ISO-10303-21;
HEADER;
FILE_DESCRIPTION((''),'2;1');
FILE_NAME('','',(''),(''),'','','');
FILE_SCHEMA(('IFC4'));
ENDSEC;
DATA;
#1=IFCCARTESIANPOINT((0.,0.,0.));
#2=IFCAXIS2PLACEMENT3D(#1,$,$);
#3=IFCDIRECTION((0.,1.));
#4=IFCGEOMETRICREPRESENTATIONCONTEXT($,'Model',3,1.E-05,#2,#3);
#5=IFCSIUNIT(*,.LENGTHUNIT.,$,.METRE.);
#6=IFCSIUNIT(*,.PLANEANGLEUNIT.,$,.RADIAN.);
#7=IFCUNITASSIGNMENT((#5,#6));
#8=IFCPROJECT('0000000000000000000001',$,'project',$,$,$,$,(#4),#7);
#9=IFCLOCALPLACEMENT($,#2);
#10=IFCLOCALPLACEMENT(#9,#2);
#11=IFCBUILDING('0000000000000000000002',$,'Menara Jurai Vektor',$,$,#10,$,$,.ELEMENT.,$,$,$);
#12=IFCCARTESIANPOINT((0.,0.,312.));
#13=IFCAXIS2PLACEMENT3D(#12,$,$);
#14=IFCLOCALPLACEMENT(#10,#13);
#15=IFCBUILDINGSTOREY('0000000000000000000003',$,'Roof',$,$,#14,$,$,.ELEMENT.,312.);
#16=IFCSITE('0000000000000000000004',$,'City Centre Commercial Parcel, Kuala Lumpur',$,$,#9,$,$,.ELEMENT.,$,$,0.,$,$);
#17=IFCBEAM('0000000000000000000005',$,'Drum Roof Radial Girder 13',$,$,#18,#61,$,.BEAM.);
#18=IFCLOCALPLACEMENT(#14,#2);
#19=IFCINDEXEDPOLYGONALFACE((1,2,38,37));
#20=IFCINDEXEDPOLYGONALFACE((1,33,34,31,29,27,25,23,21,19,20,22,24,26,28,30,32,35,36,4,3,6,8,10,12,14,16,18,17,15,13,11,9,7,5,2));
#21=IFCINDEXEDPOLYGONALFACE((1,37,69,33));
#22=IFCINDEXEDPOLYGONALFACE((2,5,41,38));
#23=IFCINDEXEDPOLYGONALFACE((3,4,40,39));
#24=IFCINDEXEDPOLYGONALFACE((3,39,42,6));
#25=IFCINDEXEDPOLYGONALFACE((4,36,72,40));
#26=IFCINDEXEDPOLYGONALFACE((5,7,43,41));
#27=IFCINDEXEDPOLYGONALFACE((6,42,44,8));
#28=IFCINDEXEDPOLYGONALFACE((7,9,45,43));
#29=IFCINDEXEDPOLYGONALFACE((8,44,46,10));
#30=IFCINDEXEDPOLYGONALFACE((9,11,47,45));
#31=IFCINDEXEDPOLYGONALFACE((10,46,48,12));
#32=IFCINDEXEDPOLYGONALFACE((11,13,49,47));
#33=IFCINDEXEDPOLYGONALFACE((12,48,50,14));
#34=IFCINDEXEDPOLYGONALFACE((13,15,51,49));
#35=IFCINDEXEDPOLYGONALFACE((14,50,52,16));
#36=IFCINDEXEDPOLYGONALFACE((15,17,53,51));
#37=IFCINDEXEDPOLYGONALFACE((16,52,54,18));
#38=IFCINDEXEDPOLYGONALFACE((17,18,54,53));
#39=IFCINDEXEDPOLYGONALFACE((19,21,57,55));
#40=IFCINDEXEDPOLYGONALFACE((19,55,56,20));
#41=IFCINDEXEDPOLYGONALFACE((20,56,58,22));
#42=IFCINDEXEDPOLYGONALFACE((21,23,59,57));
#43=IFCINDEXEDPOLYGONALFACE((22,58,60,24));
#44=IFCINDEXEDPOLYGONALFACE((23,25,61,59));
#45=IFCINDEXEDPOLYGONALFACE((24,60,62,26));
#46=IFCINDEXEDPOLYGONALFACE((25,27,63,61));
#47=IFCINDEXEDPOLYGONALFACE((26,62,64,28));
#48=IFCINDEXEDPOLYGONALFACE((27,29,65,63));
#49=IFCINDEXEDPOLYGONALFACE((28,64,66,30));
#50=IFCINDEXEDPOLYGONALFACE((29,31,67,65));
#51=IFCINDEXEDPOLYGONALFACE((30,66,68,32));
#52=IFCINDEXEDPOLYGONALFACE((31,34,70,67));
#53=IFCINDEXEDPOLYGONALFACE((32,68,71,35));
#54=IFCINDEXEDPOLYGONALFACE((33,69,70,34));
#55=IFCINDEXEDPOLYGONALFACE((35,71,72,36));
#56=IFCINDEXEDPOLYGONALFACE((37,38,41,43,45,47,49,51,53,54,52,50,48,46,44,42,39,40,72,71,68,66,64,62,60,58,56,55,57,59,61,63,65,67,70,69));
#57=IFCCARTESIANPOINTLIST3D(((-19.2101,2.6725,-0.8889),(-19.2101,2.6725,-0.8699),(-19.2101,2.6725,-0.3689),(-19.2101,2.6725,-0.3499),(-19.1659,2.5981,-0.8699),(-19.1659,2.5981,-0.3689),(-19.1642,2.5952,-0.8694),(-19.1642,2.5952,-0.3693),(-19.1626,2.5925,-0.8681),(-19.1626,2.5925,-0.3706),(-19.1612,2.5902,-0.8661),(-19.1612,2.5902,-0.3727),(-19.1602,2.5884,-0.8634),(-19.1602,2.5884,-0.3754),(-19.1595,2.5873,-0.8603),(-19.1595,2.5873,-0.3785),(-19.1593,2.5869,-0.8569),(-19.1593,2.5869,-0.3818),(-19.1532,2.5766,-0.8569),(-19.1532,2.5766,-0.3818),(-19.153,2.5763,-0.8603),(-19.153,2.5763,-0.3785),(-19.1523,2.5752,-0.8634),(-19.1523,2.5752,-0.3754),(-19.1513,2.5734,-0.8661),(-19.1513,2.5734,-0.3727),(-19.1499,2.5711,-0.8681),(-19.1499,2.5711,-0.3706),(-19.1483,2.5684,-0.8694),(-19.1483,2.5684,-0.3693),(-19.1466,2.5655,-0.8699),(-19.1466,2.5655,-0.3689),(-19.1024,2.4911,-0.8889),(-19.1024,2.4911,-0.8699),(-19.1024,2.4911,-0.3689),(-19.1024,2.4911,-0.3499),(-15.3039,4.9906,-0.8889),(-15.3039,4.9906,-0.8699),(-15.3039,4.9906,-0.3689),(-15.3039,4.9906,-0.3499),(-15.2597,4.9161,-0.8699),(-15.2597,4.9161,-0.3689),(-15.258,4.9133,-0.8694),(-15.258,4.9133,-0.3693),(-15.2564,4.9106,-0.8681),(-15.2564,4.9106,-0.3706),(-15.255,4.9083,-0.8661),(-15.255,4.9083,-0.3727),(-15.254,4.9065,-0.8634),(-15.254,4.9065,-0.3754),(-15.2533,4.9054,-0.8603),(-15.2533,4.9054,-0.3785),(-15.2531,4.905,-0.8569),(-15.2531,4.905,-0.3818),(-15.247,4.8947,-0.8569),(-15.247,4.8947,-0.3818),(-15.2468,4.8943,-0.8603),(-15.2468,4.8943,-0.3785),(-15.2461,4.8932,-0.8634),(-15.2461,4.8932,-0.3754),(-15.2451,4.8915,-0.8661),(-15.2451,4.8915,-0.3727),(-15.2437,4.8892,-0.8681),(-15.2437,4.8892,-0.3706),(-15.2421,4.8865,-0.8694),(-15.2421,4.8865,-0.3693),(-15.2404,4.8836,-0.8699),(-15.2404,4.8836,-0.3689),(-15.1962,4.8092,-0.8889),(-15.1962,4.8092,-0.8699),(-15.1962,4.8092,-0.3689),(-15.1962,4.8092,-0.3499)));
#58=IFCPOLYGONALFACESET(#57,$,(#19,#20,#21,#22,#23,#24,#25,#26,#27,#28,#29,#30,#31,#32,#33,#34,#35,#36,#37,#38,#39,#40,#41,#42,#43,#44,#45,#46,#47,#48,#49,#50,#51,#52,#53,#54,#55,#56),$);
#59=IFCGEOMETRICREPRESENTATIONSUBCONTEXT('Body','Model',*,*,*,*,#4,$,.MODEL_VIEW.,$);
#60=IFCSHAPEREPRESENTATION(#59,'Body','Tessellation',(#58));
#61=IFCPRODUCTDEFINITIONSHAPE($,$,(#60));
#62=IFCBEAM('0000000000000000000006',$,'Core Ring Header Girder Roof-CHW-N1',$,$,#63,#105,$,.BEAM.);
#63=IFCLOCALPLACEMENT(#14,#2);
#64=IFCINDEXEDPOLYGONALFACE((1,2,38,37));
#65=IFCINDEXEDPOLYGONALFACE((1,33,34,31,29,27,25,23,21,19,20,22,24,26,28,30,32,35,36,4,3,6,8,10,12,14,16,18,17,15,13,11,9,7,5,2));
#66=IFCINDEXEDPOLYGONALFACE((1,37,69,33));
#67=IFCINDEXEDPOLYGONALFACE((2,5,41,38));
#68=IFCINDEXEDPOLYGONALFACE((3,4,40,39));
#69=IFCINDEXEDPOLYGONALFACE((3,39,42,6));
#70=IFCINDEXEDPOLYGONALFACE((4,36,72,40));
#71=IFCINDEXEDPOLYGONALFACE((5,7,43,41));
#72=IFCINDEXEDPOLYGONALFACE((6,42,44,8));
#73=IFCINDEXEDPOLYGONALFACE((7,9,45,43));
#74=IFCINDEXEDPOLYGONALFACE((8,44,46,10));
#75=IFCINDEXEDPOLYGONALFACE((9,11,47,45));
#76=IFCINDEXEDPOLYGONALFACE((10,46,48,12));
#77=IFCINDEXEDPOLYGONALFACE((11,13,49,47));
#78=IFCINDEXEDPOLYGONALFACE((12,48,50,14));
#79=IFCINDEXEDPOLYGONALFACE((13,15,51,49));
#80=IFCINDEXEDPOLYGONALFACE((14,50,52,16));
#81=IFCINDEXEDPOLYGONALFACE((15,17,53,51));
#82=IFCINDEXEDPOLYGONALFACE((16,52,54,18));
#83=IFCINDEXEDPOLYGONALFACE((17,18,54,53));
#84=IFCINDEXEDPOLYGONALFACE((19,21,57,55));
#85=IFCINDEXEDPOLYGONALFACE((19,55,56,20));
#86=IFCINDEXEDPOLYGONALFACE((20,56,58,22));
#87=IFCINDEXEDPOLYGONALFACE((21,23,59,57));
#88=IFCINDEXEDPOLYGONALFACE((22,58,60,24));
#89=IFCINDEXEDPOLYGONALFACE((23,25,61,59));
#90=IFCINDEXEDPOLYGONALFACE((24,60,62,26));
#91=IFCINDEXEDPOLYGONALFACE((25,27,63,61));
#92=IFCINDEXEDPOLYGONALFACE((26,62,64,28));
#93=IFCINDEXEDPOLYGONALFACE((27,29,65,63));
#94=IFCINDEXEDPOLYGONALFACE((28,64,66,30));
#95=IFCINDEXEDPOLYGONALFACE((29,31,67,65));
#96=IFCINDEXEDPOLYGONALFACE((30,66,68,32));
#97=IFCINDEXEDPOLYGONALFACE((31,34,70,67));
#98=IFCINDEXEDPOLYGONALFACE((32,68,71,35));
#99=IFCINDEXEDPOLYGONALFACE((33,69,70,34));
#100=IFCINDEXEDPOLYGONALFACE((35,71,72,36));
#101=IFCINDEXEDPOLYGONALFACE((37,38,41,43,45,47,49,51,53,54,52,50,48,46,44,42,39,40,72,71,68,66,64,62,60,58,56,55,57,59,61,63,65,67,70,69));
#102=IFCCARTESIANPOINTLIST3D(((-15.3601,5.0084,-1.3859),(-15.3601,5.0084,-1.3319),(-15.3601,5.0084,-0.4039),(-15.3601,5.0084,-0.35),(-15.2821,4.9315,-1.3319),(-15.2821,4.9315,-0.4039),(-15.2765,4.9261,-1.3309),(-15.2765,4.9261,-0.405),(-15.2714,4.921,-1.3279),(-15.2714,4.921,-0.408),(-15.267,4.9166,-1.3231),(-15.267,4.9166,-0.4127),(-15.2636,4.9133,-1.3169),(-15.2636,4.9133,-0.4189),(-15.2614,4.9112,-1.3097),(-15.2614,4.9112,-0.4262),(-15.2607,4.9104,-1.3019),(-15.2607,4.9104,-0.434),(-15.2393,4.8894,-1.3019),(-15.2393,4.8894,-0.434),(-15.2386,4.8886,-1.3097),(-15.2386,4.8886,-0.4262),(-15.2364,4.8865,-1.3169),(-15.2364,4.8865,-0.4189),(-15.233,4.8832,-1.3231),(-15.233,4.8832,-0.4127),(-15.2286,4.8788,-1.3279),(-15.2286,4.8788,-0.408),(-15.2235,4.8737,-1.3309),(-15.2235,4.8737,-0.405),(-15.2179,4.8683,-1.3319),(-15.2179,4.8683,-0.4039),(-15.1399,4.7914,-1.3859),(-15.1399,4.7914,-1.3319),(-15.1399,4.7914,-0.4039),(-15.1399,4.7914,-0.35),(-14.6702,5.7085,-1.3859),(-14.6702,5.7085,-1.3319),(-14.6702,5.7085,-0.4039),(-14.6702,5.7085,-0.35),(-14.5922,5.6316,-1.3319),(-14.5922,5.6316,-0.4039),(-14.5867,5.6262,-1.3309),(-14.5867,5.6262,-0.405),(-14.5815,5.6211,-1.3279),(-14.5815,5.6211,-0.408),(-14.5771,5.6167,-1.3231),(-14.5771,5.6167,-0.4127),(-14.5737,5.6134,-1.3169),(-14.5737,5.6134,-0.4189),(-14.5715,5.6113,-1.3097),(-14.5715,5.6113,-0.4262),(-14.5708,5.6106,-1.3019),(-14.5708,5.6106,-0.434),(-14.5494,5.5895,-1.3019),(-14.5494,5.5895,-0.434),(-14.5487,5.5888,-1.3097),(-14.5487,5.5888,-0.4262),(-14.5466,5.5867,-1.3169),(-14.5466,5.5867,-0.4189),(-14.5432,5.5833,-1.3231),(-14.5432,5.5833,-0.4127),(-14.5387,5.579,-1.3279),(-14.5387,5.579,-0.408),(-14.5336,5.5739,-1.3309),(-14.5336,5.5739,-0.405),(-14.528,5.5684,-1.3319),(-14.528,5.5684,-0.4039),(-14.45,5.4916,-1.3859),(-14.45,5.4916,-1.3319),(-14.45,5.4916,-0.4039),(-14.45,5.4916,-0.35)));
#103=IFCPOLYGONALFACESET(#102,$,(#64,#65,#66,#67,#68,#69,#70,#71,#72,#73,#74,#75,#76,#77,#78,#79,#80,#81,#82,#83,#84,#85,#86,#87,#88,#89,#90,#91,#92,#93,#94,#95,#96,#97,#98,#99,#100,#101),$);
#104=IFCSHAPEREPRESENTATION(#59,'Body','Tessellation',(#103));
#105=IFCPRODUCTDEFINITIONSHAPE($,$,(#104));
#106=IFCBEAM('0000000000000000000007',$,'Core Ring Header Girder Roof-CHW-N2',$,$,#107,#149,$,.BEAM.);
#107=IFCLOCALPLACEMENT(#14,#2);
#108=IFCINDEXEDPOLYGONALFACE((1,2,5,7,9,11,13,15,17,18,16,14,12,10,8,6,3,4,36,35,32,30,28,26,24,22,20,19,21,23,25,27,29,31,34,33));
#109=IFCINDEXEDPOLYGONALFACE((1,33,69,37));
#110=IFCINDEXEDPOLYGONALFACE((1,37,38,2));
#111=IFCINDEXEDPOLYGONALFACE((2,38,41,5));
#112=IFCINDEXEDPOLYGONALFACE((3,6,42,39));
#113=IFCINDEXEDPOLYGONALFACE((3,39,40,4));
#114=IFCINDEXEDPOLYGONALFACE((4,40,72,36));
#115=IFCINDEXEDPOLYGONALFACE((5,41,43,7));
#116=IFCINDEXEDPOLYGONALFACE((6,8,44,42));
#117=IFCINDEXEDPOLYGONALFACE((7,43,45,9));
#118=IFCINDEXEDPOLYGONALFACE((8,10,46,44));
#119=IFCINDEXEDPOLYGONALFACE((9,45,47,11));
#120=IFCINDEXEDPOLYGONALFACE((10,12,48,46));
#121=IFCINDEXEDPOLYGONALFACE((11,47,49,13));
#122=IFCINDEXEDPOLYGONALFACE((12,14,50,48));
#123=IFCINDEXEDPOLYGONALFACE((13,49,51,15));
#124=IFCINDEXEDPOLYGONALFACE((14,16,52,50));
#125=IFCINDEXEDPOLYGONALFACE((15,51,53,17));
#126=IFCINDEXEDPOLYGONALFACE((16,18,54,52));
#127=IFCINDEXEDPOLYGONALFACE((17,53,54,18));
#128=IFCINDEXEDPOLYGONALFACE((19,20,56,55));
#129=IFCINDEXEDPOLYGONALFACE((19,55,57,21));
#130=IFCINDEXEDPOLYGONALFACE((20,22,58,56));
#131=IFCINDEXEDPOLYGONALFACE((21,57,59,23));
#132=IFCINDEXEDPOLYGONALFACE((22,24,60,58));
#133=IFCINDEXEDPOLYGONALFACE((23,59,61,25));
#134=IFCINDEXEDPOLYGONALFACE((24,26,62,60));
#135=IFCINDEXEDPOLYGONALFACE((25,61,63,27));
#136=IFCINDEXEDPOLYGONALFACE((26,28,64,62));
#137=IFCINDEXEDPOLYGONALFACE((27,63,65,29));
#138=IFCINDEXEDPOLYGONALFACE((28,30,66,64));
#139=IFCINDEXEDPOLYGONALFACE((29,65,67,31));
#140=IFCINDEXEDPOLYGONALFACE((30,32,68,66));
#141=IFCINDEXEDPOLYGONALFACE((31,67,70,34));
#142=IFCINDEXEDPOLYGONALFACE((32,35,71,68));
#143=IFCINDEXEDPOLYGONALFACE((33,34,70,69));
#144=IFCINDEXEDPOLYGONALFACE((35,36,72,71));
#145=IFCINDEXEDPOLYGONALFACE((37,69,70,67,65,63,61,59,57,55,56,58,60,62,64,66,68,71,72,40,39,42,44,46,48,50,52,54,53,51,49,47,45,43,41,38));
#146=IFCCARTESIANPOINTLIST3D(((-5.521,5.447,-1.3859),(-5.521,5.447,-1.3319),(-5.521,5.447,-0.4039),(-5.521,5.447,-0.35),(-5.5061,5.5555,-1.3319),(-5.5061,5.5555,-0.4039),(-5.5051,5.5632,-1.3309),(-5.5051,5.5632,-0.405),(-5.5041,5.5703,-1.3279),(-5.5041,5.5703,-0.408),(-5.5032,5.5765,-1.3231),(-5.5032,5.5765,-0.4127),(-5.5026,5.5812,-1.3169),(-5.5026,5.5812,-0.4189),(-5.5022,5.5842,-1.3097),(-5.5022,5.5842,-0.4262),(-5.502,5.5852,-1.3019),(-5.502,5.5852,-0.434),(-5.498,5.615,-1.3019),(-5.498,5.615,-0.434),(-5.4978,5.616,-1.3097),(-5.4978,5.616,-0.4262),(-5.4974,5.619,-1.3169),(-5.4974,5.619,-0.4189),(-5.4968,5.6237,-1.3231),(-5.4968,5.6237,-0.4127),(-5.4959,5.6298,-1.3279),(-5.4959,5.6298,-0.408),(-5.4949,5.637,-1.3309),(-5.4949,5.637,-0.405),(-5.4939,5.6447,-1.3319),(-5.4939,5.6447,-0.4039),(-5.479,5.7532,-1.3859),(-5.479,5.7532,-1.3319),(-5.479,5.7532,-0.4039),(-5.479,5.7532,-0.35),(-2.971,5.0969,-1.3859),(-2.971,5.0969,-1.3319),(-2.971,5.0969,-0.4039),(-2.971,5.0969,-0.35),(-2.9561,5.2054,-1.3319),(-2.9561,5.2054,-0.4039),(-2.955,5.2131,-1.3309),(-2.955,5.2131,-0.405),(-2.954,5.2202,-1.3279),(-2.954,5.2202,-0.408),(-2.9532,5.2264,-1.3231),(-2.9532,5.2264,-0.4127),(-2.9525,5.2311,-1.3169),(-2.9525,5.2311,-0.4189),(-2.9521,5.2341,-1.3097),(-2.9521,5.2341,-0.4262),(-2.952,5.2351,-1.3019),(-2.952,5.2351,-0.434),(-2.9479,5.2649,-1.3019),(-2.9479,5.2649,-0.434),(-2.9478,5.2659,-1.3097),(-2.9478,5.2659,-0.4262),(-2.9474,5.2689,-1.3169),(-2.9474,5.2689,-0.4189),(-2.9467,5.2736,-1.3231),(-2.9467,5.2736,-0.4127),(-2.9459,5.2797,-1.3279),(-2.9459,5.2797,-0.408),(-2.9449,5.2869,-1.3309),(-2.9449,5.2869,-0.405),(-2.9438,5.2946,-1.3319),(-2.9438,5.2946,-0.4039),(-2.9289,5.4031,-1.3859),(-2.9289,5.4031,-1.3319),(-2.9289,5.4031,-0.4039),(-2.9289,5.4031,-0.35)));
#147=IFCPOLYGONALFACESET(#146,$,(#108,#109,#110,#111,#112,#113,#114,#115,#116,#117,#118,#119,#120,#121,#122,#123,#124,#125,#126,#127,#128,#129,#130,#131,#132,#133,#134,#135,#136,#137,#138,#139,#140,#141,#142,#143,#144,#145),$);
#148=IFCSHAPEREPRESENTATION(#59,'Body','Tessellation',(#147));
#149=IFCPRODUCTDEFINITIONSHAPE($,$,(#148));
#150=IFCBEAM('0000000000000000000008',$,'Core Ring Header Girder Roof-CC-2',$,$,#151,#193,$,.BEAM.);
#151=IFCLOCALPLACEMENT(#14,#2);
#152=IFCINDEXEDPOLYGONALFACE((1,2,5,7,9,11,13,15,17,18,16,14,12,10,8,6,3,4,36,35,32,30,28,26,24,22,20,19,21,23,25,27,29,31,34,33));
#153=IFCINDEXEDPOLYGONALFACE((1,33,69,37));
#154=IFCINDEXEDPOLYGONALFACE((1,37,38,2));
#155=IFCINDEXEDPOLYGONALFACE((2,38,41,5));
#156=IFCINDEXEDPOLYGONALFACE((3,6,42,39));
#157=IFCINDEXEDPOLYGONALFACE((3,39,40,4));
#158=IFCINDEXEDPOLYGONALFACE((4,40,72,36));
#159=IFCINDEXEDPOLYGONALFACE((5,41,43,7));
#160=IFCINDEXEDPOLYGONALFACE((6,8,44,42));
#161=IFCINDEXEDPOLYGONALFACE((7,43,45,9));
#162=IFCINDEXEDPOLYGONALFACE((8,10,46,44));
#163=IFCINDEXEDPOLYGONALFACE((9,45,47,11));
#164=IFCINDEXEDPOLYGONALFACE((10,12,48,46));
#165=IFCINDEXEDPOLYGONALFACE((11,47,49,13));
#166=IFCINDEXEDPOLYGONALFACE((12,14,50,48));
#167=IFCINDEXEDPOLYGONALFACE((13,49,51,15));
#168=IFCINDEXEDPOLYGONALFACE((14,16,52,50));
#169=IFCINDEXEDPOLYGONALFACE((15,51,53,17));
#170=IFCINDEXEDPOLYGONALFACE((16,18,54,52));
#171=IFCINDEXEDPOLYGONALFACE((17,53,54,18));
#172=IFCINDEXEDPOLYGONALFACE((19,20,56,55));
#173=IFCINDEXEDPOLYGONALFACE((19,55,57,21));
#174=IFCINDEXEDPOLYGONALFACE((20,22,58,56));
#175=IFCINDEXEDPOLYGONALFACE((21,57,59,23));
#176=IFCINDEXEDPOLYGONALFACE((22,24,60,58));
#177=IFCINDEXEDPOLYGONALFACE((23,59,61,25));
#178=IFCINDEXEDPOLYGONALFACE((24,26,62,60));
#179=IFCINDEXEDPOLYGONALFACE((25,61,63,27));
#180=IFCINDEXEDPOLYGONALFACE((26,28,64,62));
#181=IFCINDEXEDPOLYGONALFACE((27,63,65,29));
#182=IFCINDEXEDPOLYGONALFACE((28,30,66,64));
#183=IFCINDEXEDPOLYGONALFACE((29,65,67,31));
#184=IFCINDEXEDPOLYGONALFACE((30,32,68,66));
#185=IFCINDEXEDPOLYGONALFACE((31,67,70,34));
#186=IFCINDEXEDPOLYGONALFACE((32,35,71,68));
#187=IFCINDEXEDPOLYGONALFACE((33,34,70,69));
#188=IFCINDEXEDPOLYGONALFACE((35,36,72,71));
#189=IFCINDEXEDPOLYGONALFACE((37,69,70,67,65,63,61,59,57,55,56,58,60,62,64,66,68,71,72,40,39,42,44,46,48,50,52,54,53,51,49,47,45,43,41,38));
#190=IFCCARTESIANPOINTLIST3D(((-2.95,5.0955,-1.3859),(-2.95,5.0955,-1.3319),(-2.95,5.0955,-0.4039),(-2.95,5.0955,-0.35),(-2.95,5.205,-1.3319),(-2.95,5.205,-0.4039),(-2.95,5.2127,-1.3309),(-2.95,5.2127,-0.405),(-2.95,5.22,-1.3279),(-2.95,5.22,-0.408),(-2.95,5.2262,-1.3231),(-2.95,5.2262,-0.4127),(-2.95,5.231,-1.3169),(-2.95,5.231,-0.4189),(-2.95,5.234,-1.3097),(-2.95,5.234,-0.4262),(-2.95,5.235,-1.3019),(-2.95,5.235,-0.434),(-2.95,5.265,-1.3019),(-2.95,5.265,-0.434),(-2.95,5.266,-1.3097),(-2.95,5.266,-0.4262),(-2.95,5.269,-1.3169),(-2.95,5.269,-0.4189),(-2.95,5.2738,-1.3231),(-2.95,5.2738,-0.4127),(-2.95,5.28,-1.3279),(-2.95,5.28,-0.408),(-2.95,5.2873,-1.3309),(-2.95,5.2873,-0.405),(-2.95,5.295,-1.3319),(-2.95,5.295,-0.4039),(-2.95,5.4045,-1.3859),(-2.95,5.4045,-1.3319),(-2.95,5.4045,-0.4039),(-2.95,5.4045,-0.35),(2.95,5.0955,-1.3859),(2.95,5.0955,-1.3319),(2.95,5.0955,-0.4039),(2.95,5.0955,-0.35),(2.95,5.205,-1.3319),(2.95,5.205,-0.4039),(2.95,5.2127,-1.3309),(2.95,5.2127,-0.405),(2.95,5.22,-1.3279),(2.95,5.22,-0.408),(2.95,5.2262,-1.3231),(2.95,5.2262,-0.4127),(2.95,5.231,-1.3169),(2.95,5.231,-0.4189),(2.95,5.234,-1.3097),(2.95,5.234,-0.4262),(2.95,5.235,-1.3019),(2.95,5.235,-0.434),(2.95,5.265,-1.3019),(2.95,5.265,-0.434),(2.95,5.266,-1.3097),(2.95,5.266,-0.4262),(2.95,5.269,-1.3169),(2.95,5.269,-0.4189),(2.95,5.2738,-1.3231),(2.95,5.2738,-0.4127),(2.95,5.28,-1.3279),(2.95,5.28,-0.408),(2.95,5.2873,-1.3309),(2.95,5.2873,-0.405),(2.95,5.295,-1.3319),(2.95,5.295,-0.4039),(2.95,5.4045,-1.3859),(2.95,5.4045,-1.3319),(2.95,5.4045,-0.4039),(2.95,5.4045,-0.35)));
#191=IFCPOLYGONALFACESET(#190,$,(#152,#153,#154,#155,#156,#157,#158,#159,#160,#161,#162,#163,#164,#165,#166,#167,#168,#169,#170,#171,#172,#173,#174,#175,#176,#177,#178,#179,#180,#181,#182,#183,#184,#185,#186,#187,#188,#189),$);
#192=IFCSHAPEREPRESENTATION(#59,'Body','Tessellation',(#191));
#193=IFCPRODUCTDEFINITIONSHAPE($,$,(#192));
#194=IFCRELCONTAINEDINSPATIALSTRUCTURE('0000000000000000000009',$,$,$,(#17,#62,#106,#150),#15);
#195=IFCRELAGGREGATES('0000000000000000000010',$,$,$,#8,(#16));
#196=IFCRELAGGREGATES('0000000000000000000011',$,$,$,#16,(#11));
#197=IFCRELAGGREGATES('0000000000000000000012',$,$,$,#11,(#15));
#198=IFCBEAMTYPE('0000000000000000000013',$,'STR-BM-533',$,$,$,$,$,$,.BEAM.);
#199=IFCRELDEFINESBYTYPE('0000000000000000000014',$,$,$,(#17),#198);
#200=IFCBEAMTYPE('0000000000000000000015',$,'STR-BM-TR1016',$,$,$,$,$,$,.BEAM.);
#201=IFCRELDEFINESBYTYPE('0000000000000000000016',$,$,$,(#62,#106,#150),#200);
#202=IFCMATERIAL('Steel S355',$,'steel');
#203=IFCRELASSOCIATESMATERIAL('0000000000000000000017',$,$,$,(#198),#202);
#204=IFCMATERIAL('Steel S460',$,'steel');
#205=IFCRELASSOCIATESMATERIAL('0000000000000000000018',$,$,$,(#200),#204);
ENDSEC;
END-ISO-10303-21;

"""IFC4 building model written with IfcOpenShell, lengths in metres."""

from ifc_helpers import new_model, si_unit, direction, frame, origin, origin_2d, place, context, subcontext, project, spatial, i_section, extrude, material, material_profile, profile_set, type_object, element, save


model = new_model("IFC4")

# Units and contexts
model_context = context("Model", 3, precision=1e-05, world=origin(), true_north=direction((0.0, 1.0)))
body_context = subcontext(model_context, "Body", "Model", "MODEL_VIEW")
ifc_project = project(units=[si_unit("LENGTHUNIT", "METRE"), si_unit("PLANEANGLEUNIT", "RADIAN")], contexts=[model_context])

# Site, building, storey
site_placement = place(None, origin())
site = spatial("IfcSite", under=ifc_project, at=site_placement, Name="City Centre Commercial Parcel, Kuala Lumpur", CompositionType="ELEMENT", RefElevation=0.0)
building_placement = place(site_placement, origin())
building = spatial("IfcBuilding", under=site, at=building_placement, Name="Menara Jurai Vektor", CompositionType="ELEMENT")
storey_placement = place(building_placement, frame((0.0, 0.0, 312.0)))
storey = spatial("IfcBuildingStorey", under=building, at=storey_placement, Name="Roof", CompositionType="ELEMENT", Elevation=312.0)

# Shared definitions
ifc_material_1 = material(Name="Steel S460", Category="steel")

# Beams
ifc_material_2 = material(Name="Steel S355", Category="steel")
ifc_material_profile_1 = material_profile(ifc_material_2, i_section(OverallWidth=0.2109, OverallDepth=0.5391, WebThickness=0.012, FlangeThickness=0.019, FilletRadius=0.0129, at=origin_2d()), Name="UKB 533x210x109")
ifc_profile_set_1 = profile_set([ifc_material_profile_1], Name="Steel S355")
beam_type_1 = type_object("IfcBeamType", Name="STR-BM-533", PredefinedType="BEAM", material=ifc_profile_set_1)
beam_1_placement = place(storey_placement, frame((-19.1562, 2.5818, -0.6194), z_axis=(0.859973, 0.51034, 0.0), x_axis=(-0.51034, 0.859973, 0.0)))
element("IfcBeam", 1, at=beam_1_placement, inside=storey, type_object=beam_type_1, Name="Drum Roof Radial Girder 13", PredefinedType="BEAM", context=body_context, shape_type="SweptSolid", body=[
    extrude(i_section(OverallWidth=0.2109, OverallDepth=0.5391, WebThickness=0.012, FlangeThickness=0.019, FilletRadius=0.0129, at=origin_2d()), origin(), (0.0, 0.0, 1.0), 4.5422),
])
ifc_material_profile_2 = material_profile(ifc_material_1, i_section(OverallWidth=0.3091, OverallDepth=1.0359, WebThickness=0.03, FlangeThickness=0.054, FilletRadius=0.03, at=origin_2d()), Name="UKB 1016x305x487")
ifc_profile_set_2 = profile_set([ifc_material_profile_2], Name="Steel S460")
beam_type_2 = type_object("IfcBeamType", Name="STR-BM-TR1016", PredefinedType="BEAM", material=ifc_profile_set_2)
beam_2_placement = place(storey_placement, frame((-15.25, 4.8999, -0.8679), z_axis=(0.701872, 0.712303, 0.0), x_axis=(-0.712303, 0.701872, 0.0)))
element("IfcBeam", 2, at=beam_2_placement, inside=storey, type_object=beam_type_2, Name="Core Ring Header Girder Roof-CHW-N1", PredefinedType="BEAM", context=body_context, shape_type="SweptSolid", body=[
    extrude(i_section(OverallWidth=0.3091, OverallDepth=1.0359, WebThickness=0.03, FlangeThickness=0.054, FilletRadius=0.03, at=origin_2d()), origin(), (0.0, 0.0, 1.0), 0.9829),
])
beam_3_placement = place(storey_placement, frame((-5.5, 5.6001, -0.8679), z_axis=(0.990707, -0.136015, 0.0), x_axis=(0.136015, 0.990707, 0.0)))
element("IfcBeam", 3, at=beam_3_placement, inside=storey, type_object=beam_type_2, Name="Core Ring Header Girder Roof-CHW-N2", PredefinedType="BEAM", context=body_context, shape_type="SweptSolid", body=[
    extrude(i_section(OverallWidth=0.3091, OverallDepth=1.0359, WebThickness=0.03, FlangeThickness=0.054, FilletRadius=0.03, at=origin_2d()), origin(), (0.0, 0.0, 1.0), 2.574),
])
for number, where, z_axis, x_axis, name in (
    (4, (-2.95, 5.25, -0.8679), (1.0, 0.0, 0.0), (0.0, 1.0, 0.0), "Core Ring Header Girder Roof-CC-2"),
):
    element("IfcBeam", number, at=place(storey_placement, frame(where, z_axis=z_axis, x_axis=x_axis)), inside=storey, type_object=beam_type_2, Name=name, PredefinedType="BEAM", context=body_context, shape_type="SweptSolid", body=[
        extrude(i_section(OverallWidth=0.3091, OverallDepth=1.0359, WebThickness=0.03, FlangeThickness=0.054, FilletRadius=0.03, at=origin_2d()), origin(), (0.0, 0.0, 1.0), 5.8999),
    ])

save(model, "model.ifc")
